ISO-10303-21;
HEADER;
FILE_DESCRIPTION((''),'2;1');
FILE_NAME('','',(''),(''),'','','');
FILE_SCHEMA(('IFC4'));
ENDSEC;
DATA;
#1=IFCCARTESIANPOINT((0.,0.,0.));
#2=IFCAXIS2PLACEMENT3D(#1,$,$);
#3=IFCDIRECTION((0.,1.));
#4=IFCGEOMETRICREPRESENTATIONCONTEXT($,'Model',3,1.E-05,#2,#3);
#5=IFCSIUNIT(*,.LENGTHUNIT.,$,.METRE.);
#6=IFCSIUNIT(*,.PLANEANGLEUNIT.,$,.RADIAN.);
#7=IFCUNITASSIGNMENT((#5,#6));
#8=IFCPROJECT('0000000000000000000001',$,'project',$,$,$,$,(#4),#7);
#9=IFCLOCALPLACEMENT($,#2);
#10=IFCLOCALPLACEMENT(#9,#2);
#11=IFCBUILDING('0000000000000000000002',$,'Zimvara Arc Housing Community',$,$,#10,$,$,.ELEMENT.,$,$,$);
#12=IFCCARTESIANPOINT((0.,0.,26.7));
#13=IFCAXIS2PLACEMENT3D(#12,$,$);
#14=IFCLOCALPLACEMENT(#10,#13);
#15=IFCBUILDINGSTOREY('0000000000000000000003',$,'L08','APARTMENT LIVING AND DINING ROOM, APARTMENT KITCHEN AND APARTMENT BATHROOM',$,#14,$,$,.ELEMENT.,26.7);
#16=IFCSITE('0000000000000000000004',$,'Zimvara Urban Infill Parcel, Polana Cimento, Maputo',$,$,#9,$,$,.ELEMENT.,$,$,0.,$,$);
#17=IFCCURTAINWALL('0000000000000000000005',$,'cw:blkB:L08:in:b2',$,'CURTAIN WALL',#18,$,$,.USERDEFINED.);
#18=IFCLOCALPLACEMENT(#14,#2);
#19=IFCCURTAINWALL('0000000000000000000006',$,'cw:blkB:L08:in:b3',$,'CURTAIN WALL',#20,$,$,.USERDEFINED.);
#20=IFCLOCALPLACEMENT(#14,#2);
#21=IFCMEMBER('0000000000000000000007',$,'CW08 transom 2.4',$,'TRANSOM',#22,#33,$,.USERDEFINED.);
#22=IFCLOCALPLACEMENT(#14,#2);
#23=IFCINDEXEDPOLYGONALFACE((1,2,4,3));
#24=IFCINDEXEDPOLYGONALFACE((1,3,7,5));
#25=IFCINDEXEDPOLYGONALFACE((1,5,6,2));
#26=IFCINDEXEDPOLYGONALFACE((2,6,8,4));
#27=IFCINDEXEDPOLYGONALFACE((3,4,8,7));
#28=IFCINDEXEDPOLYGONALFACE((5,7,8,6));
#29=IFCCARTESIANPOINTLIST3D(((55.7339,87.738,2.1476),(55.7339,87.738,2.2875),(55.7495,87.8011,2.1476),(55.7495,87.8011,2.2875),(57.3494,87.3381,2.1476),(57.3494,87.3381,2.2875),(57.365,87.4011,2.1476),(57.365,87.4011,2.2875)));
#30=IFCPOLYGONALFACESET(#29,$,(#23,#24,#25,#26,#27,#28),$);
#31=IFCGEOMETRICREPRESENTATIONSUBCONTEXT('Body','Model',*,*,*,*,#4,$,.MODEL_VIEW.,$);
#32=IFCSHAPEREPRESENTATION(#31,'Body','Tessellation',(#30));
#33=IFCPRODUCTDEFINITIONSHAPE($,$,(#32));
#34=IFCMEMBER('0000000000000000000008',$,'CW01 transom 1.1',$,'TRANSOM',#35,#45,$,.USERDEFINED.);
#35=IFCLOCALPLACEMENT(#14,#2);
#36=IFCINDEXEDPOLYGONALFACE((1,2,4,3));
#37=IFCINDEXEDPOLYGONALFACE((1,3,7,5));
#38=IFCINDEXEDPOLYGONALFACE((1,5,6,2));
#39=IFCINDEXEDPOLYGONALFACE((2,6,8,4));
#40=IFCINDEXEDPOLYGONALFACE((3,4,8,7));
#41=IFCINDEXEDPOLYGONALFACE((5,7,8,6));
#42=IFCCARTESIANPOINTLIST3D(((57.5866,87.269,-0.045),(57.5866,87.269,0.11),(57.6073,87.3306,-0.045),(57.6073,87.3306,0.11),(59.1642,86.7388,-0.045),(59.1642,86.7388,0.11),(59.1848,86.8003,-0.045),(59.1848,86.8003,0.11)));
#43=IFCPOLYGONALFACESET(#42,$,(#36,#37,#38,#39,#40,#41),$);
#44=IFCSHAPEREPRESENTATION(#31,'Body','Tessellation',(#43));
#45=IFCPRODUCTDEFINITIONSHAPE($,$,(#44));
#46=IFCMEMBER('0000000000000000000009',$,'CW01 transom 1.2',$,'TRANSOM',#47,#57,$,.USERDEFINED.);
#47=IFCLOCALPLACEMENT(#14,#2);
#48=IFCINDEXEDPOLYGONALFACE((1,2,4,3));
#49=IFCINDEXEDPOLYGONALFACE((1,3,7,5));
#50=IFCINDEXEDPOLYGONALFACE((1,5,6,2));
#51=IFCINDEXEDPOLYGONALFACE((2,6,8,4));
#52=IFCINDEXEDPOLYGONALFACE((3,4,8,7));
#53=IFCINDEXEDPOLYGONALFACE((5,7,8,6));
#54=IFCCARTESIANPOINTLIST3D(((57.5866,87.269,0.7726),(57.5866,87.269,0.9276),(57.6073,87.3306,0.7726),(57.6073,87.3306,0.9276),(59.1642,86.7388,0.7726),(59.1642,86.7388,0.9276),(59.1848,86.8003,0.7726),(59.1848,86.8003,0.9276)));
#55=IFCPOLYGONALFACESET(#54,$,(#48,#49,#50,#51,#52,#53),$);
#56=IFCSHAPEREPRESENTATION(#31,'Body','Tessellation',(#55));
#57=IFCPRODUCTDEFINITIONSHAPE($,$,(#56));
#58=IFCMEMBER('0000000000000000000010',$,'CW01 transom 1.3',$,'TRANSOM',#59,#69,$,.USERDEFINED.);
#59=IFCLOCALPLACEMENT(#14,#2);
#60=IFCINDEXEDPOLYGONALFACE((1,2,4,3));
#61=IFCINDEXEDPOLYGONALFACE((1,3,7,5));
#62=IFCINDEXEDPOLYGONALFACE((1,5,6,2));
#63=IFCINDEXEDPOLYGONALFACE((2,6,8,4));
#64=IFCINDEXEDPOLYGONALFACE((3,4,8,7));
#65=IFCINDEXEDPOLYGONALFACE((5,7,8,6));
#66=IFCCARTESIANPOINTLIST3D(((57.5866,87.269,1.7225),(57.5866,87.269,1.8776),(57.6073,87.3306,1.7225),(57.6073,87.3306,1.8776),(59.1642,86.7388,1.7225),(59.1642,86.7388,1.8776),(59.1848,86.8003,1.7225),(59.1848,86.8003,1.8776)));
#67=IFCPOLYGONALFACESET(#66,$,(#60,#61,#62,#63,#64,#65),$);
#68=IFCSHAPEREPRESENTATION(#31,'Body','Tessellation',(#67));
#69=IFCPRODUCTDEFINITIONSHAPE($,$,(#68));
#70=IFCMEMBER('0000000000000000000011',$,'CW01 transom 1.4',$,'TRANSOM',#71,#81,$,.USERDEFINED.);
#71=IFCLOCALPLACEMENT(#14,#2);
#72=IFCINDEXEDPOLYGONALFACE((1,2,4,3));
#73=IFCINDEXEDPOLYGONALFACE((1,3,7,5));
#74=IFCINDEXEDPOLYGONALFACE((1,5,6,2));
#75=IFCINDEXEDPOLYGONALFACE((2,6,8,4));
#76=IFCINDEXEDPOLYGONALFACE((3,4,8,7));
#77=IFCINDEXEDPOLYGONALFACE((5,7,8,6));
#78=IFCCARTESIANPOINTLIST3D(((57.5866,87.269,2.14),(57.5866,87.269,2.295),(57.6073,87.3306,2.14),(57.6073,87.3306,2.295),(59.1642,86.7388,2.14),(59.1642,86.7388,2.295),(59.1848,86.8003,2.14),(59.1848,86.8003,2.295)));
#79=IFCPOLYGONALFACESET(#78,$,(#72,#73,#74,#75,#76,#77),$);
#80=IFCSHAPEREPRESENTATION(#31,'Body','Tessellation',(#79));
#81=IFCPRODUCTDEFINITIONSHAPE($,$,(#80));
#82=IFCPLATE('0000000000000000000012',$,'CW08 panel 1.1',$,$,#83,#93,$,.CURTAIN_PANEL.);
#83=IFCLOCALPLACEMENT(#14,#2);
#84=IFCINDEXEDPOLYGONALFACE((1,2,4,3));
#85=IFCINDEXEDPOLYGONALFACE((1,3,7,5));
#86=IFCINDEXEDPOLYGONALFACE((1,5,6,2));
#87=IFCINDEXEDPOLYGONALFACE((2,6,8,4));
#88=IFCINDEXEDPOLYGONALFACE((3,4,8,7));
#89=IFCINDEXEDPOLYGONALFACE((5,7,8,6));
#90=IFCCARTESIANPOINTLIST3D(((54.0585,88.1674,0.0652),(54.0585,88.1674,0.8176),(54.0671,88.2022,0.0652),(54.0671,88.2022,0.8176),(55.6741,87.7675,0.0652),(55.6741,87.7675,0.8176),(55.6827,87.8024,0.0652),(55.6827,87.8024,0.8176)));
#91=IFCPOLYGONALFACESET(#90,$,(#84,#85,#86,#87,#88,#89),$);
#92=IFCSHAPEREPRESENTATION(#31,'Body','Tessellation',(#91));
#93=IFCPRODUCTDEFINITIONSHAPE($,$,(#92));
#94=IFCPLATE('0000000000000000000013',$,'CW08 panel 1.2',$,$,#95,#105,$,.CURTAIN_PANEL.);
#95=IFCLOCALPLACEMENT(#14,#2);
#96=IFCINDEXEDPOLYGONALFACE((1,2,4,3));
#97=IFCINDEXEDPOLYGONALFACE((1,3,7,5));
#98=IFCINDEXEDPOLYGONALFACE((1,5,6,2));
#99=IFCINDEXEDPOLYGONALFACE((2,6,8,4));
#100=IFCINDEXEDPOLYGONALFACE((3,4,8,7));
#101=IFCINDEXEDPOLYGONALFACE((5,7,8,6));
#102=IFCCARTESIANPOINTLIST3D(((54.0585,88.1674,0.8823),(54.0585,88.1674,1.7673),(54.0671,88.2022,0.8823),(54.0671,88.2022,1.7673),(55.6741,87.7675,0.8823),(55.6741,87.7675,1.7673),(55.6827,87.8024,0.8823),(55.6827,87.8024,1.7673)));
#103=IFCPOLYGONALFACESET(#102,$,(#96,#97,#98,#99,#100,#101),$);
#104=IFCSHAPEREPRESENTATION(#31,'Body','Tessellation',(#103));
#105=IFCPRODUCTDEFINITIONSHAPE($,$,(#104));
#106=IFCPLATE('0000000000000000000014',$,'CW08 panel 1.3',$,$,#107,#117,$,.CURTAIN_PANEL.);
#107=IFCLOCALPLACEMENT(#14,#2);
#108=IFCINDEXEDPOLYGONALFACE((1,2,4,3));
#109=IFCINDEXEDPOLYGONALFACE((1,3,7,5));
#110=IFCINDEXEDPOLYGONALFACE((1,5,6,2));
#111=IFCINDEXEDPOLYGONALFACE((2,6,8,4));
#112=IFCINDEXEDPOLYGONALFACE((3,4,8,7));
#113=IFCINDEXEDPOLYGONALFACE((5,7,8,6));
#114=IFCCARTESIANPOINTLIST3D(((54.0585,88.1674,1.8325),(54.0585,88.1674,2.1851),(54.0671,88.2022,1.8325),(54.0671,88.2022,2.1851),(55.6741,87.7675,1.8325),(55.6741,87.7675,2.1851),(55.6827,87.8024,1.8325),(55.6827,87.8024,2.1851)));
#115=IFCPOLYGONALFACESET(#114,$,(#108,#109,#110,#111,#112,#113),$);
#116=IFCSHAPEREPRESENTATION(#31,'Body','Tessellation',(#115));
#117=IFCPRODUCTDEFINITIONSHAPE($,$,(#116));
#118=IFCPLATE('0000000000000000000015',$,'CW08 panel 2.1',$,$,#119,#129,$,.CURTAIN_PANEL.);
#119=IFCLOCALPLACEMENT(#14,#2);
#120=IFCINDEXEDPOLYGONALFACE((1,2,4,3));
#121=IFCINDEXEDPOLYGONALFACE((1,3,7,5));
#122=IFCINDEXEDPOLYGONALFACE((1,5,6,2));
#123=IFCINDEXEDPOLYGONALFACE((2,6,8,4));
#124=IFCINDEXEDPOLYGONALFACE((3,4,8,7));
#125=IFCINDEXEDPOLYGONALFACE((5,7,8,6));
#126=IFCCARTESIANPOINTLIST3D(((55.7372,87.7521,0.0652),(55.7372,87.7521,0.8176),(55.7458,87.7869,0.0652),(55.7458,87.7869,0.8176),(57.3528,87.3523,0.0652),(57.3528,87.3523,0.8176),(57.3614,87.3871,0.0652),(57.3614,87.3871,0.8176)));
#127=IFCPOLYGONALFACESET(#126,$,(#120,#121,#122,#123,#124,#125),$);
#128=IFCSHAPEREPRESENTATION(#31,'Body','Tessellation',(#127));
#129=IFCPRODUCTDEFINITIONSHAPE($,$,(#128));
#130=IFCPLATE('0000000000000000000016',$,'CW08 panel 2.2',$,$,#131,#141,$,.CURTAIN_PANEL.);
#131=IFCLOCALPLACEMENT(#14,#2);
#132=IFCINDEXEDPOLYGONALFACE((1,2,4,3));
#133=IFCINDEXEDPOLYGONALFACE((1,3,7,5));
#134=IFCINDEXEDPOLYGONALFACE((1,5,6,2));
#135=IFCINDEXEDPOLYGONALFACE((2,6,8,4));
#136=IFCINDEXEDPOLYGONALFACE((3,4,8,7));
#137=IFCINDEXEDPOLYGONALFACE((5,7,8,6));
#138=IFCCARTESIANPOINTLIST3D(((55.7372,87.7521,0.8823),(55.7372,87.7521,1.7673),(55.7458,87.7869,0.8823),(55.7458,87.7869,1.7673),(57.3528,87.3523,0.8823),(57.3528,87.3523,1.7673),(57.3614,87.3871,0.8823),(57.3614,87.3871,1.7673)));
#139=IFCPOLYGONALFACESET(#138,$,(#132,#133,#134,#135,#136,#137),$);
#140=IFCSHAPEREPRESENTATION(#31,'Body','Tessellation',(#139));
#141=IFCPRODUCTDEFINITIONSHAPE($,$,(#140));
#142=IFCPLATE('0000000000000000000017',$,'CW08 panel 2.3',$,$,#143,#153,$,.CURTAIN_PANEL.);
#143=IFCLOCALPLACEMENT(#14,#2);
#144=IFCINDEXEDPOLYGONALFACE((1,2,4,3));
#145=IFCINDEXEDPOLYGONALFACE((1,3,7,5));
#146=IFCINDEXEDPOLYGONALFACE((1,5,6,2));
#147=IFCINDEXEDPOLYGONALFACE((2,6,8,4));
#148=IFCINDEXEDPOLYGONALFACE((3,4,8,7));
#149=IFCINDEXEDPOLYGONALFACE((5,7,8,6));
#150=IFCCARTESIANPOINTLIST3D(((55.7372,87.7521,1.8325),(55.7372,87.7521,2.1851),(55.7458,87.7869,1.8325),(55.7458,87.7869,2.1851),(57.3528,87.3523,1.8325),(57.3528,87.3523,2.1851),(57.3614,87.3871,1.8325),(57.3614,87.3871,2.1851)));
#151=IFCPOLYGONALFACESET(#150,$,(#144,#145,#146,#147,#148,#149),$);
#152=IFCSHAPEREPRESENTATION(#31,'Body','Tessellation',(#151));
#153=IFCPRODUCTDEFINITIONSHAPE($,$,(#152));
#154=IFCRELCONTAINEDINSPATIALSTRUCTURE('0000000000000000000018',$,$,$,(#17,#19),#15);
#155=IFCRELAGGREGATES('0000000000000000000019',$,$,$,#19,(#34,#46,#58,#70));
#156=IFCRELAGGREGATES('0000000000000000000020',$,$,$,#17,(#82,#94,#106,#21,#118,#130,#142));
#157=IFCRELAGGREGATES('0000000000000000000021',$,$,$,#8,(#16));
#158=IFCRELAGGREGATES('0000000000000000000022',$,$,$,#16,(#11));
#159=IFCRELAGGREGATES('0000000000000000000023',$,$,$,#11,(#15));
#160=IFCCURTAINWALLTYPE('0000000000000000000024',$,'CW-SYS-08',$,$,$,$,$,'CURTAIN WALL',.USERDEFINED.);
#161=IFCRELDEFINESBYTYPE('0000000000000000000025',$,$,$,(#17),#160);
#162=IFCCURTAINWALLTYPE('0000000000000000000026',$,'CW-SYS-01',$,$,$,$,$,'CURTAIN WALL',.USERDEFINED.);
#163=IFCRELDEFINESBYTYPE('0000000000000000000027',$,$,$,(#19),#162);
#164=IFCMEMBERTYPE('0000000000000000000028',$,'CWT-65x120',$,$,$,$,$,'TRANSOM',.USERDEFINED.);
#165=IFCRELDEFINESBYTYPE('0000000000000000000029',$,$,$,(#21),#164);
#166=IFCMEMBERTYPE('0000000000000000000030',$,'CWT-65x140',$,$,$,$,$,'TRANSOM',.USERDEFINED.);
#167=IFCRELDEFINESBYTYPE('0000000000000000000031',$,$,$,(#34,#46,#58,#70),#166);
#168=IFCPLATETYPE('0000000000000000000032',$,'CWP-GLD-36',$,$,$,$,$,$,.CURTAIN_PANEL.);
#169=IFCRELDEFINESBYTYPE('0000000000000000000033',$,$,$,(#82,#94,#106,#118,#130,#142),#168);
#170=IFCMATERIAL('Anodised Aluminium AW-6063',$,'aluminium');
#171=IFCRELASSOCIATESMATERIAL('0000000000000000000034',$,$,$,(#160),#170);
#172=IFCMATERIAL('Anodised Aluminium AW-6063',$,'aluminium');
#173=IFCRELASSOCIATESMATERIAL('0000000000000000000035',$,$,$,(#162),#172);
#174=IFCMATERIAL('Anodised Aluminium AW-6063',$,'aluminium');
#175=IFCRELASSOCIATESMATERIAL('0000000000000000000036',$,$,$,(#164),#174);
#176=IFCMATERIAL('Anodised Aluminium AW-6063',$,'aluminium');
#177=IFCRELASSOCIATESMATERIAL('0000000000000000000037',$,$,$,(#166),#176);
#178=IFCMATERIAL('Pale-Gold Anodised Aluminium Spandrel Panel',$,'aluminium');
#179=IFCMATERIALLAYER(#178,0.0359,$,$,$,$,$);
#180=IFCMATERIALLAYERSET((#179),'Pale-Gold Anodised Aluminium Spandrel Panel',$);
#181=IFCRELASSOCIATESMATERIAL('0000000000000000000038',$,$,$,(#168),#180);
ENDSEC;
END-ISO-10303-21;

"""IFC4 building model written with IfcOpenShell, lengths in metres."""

from ifc_helpers import new_model, si_unit, direction, frame, origin, origin_2d, place, context, subcontext, project, spatial, rectangle, extrude, material, layer, layer_set, material_profile, profile_set, type_object, element, aggregate, save


model = new_model("IFC4")

# Units and contexts
model_context = context("Model", 3, precision=1e-05, world=origin(), true_north=direction((0.0, 1.0)))
body_context = subcontext(model_context, "Body", "Model", "MODEL_VIEW")
ifc_project = project(units=[si_unit("LENGTHUNIT", "METRE"), si_unit("PLANEANGLEUNIT", "RADIAN")], contexts=[model_context])

# Site, building, storey
site_placement = place(None, origin())
site = spatial("IfcSite", under=ifc_project, at=site_placement, Name="Zimvara Urban Infill Parcel, Polana Cimento, Maputo", CompositionType="ELEMENT", RefElevation=0.0)
building_placement = place(site_placement, origin())
building = spatial("IfcBuilding", under=site, at=building_placement, Name="Zimvara Arc Housing Community", CompositionType="ELEMENT")
storey_placement = place(building_placement, frame((0.0, 0.0, 26.7)))
storey = spatial("IfcBuildingStorey", under=building, at=storey_placement, Name="L08", Description="APARTMENT LIVING AND DINING ROOM, APARTMENT KITCHEN AND APARTMENT BATHROOM", CompositionType="ELEMENT", Elevation=26.7)

# Curtain wall
ifc_material_1 = material(Name="Anodised Aluminium AW-6063", Category="aluminium")
curtain_wall_type_1 = type_object("IfcCurtainWallType", Name="CW-SYS-08", ElementType="CURTAIN WALL", PredefinedType="USERDEFINED", material=ifc_material_1)
curtain_wall_1_placement = place(storey_placement, origin())
curtain_wall_1 = element("IfcCurtainWall", 1, at=curtain_wall_1_placement, inside=storey, type_object=curtain_wall_type_1, Name="cw:blkB:L08:in:b2", ObjectType="CURTAIN WALL", PredefinedType="USERDEFINED")

# Curtain wall
ifc_material_2 = material(Name="Anodised Aluminium AW-6063", Category="aluminium")
curtain_wall_type_2 = type_object("IfcCurtainWallType", Name="CW-SYS-01", ElementType="CURTAIN WALL", PredefinedType="USERDEFINED", material=ifc_material_2)
curtain_wall_2_placement = place(storey_placement, origin())
curtain_wall_2 = element("IfcCurtainWall", 2, at=curtain_wall_2_placement, inside=storey, type_object=curtain_wall_type_2, Name="cw:blkB:L08:in:b3", ObjectType="CURTAIN WALL", PredefinedType="USERDEFINED")

# Members
ifc_material_3 = material(Name="Anodised Aluminium AW-6063", Category="aluminium")
ifc_material_profile_1 = material_profile(ifc_material_3, rectangle(XDim=0.0649, YDim=0.1399, at=origin_2d()), Name="ALU 65x140")
ifc_profile_set_1 = profile_set([ifc_material_profile_1], Name="Anodised Aluminium AW-6063")
member_type_1 = type_object("IfcMemberType", Name="CWT-65x120", ElementType="TRANSOM", PredefinedType="USERDEFINED", material=ifc_profile_set_1)
member_1_placement = place(storey_placement, frame((55.7417, 87.7695, 2.2175), z_axis=(0.970701, -0.240291, 0.0), x_axis=(0.240291, 0.970701, 0.0)))
member_1 = element("IfcMember", 3, at=member_1_placement, type_object=member_type_1, Name="CW08 transom 2.4", ObjectType="TRANSOM", PredefinedType="USERDEFINED", context=body_context, shape_type="SweptSolid", body=[
    extrude(rectangle(XDim=0.0649, YDim=0.1399, at=origin_2d()), origin(), (0.0, 0.0, 1.0), 1.6643),
])
ifc_material_4 = material(Name="Anodised Aluminium AW-6063", Category="aluminium")
ifc_material_profile_2 = material_profile(ifc_material_4, rectangle(XDim=0.0649, YDim=0.155, at=origin_2d()), Name="ALU 65x155")
ifc_profile_set_2 = profile_set([ifc_material_profile_2], Name="Anodised Aluminium AW-6063")
member_type_2 = type_object("IfcMemberType", Name="CWT-65x140", ElementType="TRANSOM", PredefinedType="USERDEFINED", material=ifc_profile_set_2)
member_2_placement = place(storey_placement, frame((57.5969, 87.2998, 0.0325), z_axis=(0.947888, -0.318603, 0.0), x_axis=(0.318603, 0.947888, 0.0)))
member_2 = element("IfcMember", 4, at=member_2_placement, type_object=member_type_2, Name="CW01 transom 1.1", ObjectType="TRANSOM", PredefinedType="USERDEFINED", context=body_context, shape_type="SweptSolid", body=[
    extrude(rectangle(XDim=0.0649, YDim=0.155, at=origin_2d()), origin(), (0.0, 0.0, 1.0), 1.6643),
])
member_3_placement = place(storey_placement, frame((57.5969, 87.2998, 0.8501), z_axis=(0.947888, -0.318603, 0.0), x_axis=(0.318603, 0.947888, 0.0)))
member_3 = element("IfcMember", 5, at=member_3_placement, type_object=member_type_2, Name="CW01 transom 1.2", ObjectType="TRANSOM", PredefinedType="USERDEFINED", context=body_context, shape_type="SweptSolid", body=[
    extrude(rectangle(XDim=0.0649, YDim=0.155, at=origin_2d()), origin(), (0.0, 0.0, 1.0), 1.6643),
])
member_4_placement = place(storey_placement, frame((57.5969, 87.2998, 1.8), z_axis=(0.947888, -0.318603, 0.0), x_axis=(0.318603, 0.947888, 0.0)))
member_4 = element("IfcMember", 6, at=member_4_placement, type_object=member_type_2, Name="CW01 transom 1.3", ObjectType="TRANSOM", PredefinedType="USERDEFINED", context=body_context, shape_type="SweptSolid", body=[
    extrude(rectangle(XDim=0.0649, YDim=0.155, at=origin_2d()), origin(), (0.0, 0.0, 1.0), 1.6643),
])
member_5_placement = place(storey_placement, frame((57.5969, 87.2998, 2.2175), z_axis=(0.947888, -0.318603, 0.0), x_axis=(0.318603, 0.947888, 0.0)))
member_5 = element("IfcMember", 7, at=member_5_placement, type_object=member_type_2, Name="CW01 transom 1.4", ObjectType="TRANSOM", PredefinedType="USERDEFINED", context=body_context, shape_type="SweptSolid", body=[
    extrude(rectangle(XDim=0.0649, YDim=0.155, at=origin_2d()), origin(), (0.0, 0.0, 1.0), 1.6643),
])
aggregate(curtain_wall_2, [member_2, member_3, member_4, member_5])

# Plates
ifc_material_5 = material(Name="Pale-Gold Anodised Aluminium Spandrel Panel", Category="aluminium")
ifc_layer = layer(ifc_material_5, 0.0359)
ifc_layer_set = layer_set([ifc_layer], Name="Pale-Gold Anodised Aluminium Spandrel Panel")
plate_type = type_object("IfcPlateType", Name="CWP-GLD-36", PredefinedType="CURTAIN_PANEL", material=ifc_layer_set)
plate_1_placement = place(storey_placement, frame((54.8706, 87.9849, 0.0652), z_axis=(0.0, 0.0, 1.0), x_axis=(0.970717, -0.240228, 0.0)))
plate_1 = element("IfcPlate", 8, at=plate_1_placement, type_object=plate_type, Name="CW08 panel 1.1", PredefinedType="CURTAIN_PANEL", context=body_context, shape_type="SweptSolid", body=[
    extrude(rectangle(XDim=1.6643, YDim=0.0359, at=origin_2d()), origin(), (0.0, 0.0, 1.0), 0.7524),
])
plate_2_placement = place(storey_placement, frame((54.8706, 87.9849, 0.8823), z_axis=(0.0, 0.0, 1.0), x_axis=(0.970717, -0.240228, 0.0)))
plate_2 = element("IfcPlate", 9, at=plate_2_placement, type_object=plate_type, Name="CW08 panel 1.2", PredefinedType="CURTAIN_PANEL", context=body_context, shape_type="SweptSolid", body=[
    extrude(rectangle(XDim=1.6643, YDim=0.0359, at=origin_2d()), origin(), (0.0, 0.0, 1.0), 0.885),
])
plate_3_placement = place(storey_placement, frame((54.8706, 87.9849, 1.8325), z_axis=(0.0, 0.0, 1.0), x_axis=(0.970717, -0.240228, 0.0)))
plate_3 = element("IfcPlate", 10, at=plate_3_placement, type_object=plate_type, Name="CW08 panel 1.3", PredefinedType="CURTAIN_PANEL", context=body_context, shape_type="SweptSolid", body=[
    extrude(rectangle(XDim=1.6643, YDim=0.0359, at=origin_2d()), origin(), (0.0, 0.0, 1.0), 0.3525),
])
plate_4_placement = place(storey_placement, frame((56.5493, 87.5696, 0.0652), z_axis=(0.0, 0.0, 1.0), x_axis=(0.970717, -0.240228, 0.0)))
plate_4 = element("IfcPlate", 11, at=plate_4_placement, type_object=plate_type, Name="CW08 panel 2.1", PredefinedType="CURTAIN_PANEL", context=body_context, shape_type="SweptSolid", body=[
    extrude(rectangle(XDim=1.6643, YDim=0.0359, at=origin_2d()), origin(), (0.0, 0.0, 1.0), 0.7524),
])
plate_5_placement = place(storey_placement, frame((56.5493, 87.5696, 0.8823), z_axis=(0.0, 0.0, 1.0), x_axis=(0.970717, -0.240228, 0.0)))
plate_5 = element("IfcPlate", 12, at=plate_5_placement, type_object=plate_type, Name="CW08 panel 2.2", PredefinedType="CURTAIN_PANEL", context=body_context, shape_type="SweptSolid", body=[
    extrude(rectangle(XDim=1.6643, YDim=0.0359, at=origin_2d()), origin(), (0.0, 0.0, 1.0), 0.885),
])
plate_6_placement = place(storey_placement, frame((56.5493, 87.5696, 1.8325), z_axis=(0.0, 0.0, 1.0), x_axis=(0.970717, -0.240228, 0.0)))
plate_6 = element("IfcPlate", 13, at=plate_6_placement, type_object=plate_type, Name="CW08 panel 2.3", PredefinedType="CURTAIN_PANEL", context=body_context, shape_type="SweptSolid", body=[
    extrude(rectangle(XDim=1.6643, YDim=0.0359, at=origin_2d()), origin(), (0.0, 0.0, 1.0), 0.3525),
])
aggregate(curtain_wall_1, [plate_1, plate_2, plate_3, member_1, plate_4, plate_5, plate_6])

save(model, "model.ifc")
